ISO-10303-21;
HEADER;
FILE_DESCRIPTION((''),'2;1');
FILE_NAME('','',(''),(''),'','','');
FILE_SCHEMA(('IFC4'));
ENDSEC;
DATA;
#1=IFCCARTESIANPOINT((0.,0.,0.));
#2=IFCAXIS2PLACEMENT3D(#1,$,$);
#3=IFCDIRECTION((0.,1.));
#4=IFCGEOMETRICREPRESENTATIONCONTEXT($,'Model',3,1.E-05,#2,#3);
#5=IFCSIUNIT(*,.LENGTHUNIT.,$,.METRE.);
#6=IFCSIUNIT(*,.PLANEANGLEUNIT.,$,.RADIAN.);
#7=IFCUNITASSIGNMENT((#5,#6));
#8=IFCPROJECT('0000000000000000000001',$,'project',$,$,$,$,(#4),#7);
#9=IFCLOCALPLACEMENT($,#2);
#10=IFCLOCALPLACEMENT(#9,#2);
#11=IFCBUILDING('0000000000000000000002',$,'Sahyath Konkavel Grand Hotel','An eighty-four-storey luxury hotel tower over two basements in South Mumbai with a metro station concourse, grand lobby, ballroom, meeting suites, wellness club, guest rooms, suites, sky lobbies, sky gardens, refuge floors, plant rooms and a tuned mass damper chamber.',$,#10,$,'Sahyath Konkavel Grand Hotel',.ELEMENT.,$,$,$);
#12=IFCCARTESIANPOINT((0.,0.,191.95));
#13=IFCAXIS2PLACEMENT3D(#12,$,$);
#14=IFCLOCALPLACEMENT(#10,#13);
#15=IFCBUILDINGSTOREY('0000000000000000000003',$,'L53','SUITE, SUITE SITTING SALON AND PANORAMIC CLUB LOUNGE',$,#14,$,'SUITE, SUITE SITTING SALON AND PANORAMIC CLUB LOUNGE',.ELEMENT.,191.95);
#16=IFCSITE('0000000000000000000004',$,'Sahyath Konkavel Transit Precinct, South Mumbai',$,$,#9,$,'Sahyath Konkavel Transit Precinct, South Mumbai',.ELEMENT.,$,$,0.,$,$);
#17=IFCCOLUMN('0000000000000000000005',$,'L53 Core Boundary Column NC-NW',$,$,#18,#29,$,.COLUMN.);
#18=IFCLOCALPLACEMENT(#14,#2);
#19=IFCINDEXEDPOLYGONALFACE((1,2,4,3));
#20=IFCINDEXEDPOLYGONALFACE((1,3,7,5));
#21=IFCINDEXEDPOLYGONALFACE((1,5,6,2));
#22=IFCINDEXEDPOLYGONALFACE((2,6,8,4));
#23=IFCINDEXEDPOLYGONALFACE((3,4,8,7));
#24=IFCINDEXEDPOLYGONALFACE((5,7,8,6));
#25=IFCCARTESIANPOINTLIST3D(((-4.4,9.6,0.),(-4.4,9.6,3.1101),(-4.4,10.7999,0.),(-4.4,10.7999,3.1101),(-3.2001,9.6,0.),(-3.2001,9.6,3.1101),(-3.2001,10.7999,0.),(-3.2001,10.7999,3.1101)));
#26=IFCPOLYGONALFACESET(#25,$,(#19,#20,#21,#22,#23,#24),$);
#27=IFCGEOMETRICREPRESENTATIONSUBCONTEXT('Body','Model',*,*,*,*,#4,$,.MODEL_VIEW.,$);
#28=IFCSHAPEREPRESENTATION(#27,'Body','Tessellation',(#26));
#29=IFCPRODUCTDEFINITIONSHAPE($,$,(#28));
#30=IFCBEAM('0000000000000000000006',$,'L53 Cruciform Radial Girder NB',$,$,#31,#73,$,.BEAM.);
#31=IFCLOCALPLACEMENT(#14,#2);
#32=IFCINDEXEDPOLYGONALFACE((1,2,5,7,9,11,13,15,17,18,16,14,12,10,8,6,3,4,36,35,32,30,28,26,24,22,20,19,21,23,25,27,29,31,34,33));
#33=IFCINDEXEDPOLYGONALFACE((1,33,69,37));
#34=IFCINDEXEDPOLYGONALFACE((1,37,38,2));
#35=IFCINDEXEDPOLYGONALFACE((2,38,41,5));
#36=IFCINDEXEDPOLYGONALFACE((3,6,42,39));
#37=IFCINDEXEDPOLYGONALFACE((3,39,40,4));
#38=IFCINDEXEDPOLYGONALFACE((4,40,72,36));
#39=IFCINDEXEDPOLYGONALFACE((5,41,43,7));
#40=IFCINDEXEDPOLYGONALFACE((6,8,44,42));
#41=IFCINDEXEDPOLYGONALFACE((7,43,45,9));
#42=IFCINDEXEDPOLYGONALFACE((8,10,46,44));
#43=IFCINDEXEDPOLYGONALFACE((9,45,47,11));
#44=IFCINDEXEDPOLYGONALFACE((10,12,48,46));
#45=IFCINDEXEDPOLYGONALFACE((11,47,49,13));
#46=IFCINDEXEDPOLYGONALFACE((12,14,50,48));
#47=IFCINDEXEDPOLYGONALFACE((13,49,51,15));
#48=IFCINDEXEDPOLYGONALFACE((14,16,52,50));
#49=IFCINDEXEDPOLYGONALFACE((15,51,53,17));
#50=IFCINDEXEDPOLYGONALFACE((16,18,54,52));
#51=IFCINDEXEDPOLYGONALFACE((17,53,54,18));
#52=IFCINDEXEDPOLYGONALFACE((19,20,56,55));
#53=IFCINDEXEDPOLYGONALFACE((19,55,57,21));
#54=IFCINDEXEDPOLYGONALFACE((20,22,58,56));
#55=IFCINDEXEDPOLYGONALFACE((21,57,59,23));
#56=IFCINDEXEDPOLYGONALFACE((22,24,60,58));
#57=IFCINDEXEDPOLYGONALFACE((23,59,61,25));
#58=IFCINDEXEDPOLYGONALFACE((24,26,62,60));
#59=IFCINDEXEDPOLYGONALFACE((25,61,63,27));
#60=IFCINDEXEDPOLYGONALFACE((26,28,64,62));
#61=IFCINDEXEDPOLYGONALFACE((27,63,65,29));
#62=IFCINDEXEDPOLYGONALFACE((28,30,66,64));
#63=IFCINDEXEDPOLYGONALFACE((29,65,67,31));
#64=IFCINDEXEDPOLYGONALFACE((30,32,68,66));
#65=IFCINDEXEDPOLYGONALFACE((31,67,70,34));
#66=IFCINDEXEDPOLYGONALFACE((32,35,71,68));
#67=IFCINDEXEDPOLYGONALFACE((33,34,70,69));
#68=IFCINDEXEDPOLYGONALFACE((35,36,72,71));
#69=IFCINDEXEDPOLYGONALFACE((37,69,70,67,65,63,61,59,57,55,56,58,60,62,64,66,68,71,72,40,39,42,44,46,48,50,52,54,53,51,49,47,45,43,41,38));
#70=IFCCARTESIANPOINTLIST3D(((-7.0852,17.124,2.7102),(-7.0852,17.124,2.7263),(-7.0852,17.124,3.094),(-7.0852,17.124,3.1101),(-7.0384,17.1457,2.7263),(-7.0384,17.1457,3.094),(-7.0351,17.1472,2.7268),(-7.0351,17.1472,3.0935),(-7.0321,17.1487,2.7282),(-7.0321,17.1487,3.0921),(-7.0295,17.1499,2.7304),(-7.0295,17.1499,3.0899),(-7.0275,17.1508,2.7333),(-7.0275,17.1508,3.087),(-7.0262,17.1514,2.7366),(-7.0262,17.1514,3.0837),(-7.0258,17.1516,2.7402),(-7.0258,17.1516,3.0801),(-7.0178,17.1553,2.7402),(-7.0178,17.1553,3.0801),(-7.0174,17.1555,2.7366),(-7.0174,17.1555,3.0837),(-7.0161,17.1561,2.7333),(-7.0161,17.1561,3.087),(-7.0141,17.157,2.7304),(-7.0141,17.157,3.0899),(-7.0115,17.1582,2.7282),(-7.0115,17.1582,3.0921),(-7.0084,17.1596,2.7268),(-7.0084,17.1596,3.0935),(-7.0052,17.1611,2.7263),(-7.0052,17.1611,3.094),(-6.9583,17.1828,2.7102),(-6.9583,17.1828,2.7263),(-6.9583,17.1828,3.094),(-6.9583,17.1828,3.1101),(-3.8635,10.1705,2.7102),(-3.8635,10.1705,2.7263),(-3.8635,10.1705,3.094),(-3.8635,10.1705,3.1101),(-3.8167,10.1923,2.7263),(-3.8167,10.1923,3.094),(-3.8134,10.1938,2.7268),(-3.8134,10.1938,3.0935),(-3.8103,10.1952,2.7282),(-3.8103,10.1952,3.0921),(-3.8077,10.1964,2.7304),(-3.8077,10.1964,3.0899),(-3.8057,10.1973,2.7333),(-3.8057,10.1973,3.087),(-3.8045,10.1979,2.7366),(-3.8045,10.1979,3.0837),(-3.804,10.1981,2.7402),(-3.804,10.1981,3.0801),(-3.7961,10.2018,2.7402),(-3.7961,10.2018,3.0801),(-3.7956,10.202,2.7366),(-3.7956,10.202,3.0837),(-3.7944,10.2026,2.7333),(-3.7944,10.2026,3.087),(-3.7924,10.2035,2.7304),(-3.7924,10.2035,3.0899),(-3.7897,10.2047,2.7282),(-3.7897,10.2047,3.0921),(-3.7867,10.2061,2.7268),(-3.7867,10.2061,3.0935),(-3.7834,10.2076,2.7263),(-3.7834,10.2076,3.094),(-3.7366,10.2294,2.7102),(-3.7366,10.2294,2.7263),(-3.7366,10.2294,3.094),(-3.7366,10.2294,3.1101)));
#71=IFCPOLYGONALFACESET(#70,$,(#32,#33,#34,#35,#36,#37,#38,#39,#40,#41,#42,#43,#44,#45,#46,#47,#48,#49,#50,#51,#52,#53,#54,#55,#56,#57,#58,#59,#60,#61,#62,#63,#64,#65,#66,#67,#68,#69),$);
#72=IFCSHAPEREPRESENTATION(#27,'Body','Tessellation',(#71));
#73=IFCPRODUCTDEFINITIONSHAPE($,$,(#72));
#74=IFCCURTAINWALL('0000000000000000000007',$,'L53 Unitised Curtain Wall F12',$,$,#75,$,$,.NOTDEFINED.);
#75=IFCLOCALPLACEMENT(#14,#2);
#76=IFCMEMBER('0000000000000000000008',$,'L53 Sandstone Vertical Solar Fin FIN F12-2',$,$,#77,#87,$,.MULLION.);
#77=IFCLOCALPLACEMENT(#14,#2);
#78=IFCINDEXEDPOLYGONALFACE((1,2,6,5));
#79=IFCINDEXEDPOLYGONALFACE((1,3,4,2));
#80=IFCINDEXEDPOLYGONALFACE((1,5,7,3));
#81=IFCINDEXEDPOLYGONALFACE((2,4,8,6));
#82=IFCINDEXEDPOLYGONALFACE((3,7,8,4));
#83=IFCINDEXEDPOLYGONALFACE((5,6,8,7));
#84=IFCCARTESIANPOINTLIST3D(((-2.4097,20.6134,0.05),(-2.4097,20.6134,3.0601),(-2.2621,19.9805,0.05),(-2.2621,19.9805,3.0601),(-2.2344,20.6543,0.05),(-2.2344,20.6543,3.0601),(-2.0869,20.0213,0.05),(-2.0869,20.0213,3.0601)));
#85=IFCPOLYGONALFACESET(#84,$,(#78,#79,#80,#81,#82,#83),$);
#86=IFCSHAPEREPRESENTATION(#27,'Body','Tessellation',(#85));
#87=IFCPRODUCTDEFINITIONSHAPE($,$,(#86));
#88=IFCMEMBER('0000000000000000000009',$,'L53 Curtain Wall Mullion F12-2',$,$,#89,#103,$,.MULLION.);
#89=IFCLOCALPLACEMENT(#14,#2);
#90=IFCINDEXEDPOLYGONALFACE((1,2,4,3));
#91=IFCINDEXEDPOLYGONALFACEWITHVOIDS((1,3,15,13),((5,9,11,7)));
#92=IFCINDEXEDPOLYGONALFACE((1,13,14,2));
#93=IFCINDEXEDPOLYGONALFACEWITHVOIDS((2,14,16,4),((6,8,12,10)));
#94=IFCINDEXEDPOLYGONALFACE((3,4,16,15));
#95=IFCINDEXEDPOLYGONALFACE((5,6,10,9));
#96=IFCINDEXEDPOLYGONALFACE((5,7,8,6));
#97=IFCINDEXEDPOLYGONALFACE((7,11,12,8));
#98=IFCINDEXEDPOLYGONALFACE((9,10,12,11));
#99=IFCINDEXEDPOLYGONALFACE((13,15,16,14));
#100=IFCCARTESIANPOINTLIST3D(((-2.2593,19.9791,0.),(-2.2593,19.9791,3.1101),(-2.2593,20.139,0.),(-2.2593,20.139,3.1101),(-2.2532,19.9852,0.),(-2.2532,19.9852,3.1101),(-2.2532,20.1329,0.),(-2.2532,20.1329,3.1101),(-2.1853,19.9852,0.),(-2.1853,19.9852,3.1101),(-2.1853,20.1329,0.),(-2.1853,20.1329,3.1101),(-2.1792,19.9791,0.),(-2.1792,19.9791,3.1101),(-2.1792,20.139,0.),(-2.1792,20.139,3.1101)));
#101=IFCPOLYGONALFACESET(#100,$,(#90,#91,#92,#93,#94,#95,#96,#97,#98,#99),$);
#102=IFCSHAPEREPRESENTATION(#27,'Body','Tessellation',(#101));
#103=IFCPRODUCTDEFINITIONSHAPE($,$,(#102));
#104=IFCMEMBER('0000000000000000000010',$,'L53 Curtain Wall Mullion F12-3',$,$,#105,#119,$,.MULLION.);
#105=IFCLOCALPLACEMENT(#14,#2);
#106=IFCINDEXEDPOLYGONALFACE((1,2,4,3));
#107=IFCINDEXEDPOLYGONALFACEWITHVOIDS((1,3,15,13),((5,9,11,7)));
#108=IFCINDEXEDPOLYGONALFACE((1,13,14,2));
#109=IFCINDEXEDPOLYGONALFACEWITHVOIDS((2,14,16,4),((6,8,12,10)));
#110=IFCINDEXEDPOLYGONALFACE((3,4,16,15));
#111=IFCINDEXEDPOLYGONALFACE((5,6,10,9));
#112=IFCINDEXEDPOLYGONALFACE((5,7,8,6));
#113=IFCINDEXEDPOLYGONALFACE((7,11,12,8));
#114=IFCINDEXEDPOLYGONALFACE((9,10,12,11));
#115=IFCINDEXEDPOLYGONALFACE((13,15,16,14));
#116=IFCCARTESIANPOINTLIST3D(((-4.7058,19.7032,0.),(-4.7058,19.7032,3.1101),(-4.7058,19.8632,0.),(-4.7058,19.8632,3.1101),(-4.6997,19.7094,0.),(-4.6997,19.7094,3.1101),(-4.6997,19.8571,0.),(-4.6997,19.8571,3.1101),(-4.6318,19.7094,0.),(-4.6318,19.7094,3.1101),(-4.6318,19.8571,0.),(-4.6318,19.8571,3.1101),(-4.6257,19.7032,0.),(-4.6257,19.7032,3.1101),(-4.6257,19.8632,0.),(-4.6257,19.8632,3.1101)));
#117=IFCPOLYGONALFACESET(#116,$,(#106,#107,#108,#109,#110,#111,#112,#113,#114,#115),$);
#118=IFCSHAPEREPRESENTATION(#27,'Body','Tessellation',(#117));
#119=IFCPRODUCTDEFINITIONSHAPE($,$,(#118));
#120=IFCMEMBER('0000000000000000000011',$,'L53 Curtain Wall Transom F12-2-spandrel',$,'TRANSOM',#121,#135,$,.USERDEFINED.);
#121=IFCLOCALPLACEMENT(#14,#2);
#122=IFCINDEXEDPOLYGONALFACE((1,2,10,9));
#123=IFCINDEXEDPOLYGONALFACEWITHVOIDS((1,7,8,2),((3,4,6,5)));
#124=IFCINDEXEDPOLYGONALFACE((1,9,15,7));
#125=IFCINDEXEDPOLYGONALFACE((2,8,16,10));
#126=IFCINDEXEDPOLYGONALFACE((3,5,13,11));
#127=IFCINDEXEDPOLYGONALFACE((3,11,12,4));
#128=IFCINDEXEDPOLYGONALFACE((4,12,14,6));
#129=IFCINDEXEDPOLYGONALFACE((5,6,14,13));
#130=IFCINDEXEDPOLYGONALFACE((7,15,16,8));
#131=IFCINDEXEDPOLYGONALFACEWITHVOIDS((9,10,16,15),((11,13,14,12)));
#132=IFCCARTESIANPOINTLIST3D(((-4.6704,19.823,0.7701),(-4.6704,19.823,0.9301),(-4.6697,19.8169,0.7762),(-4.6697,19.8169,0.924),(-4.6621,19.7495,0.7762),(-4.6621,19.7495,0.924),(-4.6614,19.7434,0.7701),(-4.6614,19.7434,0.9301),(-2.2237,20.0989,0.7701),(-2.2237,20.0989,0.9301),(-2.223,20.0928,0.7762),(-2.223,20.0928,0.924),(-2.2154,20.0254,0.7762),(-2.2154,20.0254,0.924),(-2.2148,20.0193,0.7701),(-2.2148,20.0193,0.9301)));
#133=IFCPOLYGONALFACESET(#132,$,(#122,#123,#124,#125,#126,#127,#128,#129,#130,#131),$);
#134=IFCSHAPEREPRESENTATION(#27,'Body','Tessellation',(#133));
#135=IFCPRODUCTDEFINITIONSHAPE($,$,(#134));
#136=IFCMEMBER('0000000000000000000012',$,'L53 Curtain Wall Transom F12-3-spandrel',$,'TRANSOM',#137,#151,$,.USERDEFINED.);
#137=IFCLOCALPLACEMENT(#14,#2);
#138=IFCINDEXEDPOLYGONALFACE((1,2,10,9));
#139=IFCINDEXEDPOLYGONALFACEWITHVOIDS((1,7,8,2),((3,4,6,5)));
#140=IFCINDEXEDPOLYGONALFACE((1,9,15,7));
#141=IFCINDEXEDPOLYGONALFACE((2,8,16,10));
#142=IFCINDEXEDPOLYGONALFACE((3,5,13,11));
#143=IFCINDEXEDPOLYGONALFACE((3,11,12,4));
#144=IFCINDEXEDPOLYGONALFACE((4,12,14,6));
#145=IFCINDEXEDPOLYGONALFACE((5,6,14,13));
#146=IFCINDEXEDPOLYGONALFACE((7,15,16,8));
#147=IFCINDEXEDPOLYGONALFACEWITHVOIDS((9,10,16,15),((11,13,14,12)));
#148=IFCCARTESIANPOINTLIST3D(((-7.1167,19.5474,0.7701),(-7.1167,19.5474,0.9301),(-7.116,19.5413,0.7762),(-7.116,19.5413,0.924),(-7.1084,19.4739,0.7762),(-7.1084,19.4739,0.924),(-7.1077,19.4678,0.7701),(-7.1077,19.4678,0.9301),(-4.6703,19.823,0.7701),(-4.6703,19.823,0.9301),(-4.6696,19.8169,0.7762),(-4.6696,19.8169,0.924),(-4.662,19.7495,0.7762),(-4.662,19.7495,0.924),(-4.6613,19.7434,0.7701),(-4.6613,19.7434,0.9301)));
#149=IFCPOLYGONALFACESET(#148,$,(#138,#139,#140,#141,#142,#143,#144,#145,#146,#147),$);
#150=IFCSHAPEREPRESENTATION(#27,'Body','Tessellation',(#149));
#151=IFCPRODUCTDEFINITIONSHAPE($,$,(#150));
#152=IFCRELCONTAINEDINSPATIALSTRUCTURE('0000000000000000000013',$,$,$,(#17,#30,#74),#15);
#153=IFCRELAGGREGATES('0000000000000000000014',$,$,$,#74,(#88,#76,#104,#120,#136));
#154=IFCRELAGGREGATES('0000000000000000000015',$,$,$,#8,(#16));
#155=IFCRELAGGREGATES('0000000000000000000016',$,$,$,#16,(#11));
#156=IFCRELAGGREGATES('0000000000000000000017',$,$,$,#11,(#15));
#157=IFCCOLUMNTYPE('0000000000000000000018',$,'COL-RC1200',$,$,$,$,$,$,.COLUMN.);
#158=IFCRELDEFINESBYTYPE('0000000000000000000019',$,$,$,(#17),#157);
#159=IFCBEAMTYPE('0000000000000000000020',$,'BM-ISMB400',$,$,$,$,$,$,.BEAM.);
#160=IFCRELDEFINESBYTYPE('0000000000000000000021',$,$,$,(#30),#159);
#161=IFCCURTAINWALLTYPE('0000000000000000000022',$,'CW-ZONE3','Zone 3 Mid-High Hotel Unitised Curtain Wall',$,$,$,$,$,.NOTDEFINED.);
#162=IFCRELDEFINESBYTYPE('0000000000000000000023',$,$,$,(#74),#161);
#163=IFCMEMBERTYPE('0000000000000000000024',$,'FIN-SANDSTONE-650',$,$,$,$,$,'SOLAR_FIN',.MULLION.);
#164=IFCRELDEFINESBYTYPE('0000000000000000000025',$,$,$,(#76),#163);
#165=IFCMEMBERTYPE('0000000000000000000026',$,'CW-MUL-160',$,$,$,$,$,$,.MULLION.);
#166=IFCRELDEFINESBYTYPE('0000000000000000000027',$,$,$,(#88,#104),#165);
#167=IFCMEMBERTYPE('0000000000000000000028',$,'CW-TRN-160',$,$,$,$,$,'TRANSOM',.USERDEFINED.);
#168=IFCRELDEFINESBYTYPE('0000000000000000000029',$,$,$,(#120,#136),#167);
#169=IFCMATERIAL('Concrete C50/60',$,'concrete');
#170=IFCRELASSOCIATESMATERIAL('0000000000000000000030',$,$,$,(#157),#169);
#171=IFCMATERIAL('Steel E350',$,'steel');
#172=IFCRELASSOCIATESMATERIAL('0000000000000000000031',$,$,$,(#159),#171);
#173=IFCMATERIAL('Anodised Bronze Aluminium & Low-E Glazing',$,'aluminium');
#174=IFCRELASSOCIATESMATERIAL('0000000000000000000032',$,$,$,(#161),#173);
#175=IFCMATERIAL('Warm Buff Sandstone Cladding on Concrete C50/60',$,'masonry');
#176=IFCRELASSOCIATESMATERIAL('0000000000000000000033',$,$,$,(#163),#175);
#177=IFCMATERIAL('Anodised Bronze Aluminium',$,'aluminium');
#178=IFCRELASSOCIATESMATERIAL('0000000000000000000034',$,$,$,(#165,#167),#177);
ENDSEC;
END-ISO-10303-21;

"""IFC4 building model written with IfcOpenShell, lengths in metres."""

from ifc_helpers import new_model, si_unit, direction, frame, origin, origin_2d, place, context, subcontext, project, spatial, rectangle, hollow_rectangle, i_section, extrude, source, transform, mapped, material, material_profile, profile_set, type_object, element, aggregate, save


model = new_model("IFC4")

# Units and contexts
model_context = context("Model", 3, precision=1e-05, world=origin(), true_north=direction((0.0, 1.0)))
body_context = subcontext(model_context, "Body", "Model", "MODEL_VIEW")
ifc_project = project(units=[si_unit("LENGTHUNIT", "METRE"), si_unit("PLANEANGLEUNIT", "RADIAN")], contexts=[model_context])

# Site, building, storey
site_placement = place(None, origin())
site = spatial("IfcSite", under=ifc_project, at=site_placement, Name="Sahyath Konkavel Transit Precinct, South Mumbai", LongName="Sahyath Konkavel Transit Precinct, South Mumbai", CompositionType="ELEMENT", RefElevation=0.0)
building_placement = place(site_placement, origin())
building = spatial("IfcBuilding", under=site, at=building_placement, Name="Sahyath Konkavel Grand Hotel", Description="An eighty-four-storey luxury hotel tower over two basements in South Mumbai with a metro station concourse, grand lobby, ballroom, meeting suites, wellness club, guest rooms, suites, sky lobbies, sky gardens, refuge floors, plant rooms and a tuned mass damper chamber.", LongName="Sahyath Konkavel Grand Hotel", CompositionType="ELEMENT")
storey_placement = place(building_placement, frame((0.0, 0.0, 191.95)))
storey = spatial("IfcBuildingStorey", under=building, at=storey_placement, Name="L53", Description="SUITE, SUITE SITTING SALON AND PANORAMIC CLUB LOUNGE", LongName="SUITE, SUITE SITTING SALON AND PANORAMIC CLUB LOUNGE", CompositionType="ELEMENT", Elevation=191.95)

# Column
ifc_material_1 = material(Name="Concrete C50/60", Category="concrete")
ifc_material_profile_1 = material_profile(ifc_material_1, rectangle(XDim=1.2, YDim=1.2, at=origin_2d()), Name="RC 1200x1200")
ifc_profile_set_1 = profile_set([ifc_material_profile_1], Name="Concrete C50/60")
column_type = type_object("IfcColumnType", Name="COL-RC1200", PredefinedType="COLUMN", material=ifc_profile_set_1)
shared_shape_1 = source(origin(), body_context, "Body", "SweptSolid", [
    extrude(rectangle(XDim=1.2, YDim=1.2, at=origin_2d()), origin(), (0.0, 0.0, 1.0), 3.1101),
])
column_placement = place(storey_placement, frame((-3.8, 10.2, 0.0), z_axis=(0.0, 0.0, 1.0), x_axis=(1.0, 0.0, 0.0)))
element("IfcColumn", 1, at=column_placement, inside=storey, type_object=column_type, Name="L53 Core Boundary Column NC-NW", PredefinedType="COLUMN", context=body_context, shape_type="MappedRepresentation", body=[
    mapped(shared_shape_1, transform((0.0, 0.0, 0.0), scale=1.0)),
])

# Beam
ifc_material_2 = material(Name="Steel E350", Category="steel")
ifc_material_profile_2 = material_profile(ifc_material_2, i_section(OverallWidth=0.1399, OverallDepth=0.3999, WebThickness=0.0088, FlangeThickness=0.0161, FilletRadius=0.0139, at=origin_2d()), Name="ISMB 400")
ifc_profile_set_2 = profile_set([ifc_material_profile_2], Name="Steel E350")
beam_type_1 = type_object("IfcBeamType", Name="BM-ISMB400", PredefinedType="BEAM", material=ifc_profile_set_2)
shared_shape_2 = source(origin(), body_context, "Body", "SweptSolid", [
    extrude(i_section(OverallWidth=0.1399, OverallDepth=0.3999, WebThickness=0.0088, FlangeThickness=0.0161, FilletRadius=0.0139, at=origin_2d()), origin(), (0.0, 0.0, 1.0), 7.6636),
])
beam_1_placement = place(storey_placement, frame((-3.8, 10.2, 2.9102), z_axis=(-0.420395, 0.907341, 0.0), x_axis=(-0.907341, -0.420395, 0.0)))
element("IfcBeam", 2, at=beam_1_placement, inside=storey, type_object=beam_type_1, Name="L53 Cruciform Radial Girder NB", PredefinedType="BEAM", context=body_context, shape_type="MappedRepresentation", body=[
    mapped(shared_shape_2, transform((0.0, 0.0, 0.0), scale=1.0)),
])

# Curtain wall, members
ifc_material_3 = material(Name="Anodised Bronze Aluminium & Low-E Glazing", Category="aluminium")
curtain_wall_type = type_object("IfcCurtainWallType", Name="CW-ZONE3", Description="Zone 3 Mid-High Hotel Unitised Curtain Wall", PredefinedType="NOTDEFINED", material=ifc_material_3)
curtain_wall_placement = place(storey_placement, origin())
curtain_wall = element("IfcCurtainWall", 3, at=curtain_wall_placement, inside=storey, type_object=curtain_wall_type, Name="L53 Unitised Curtain Wall F12", PredefinedType="NOTDEFINED")
ifc_material_4 = material(Name="Warm Buff Sandstone Cladding on Concrete C50/60", Category="masonry")
ifc_material_profile_3 = material_profile(ifc_material_4, rectangle(XDim=0.1799, YDim=0.6499, at=origin_2d()), Name="FIN 180x650")
ifc_profile_set_3 = profile_set([ifc_material_profile_3], Name="Warm Buff Sandstone Cladding on Concrete C50/60")
member_type_1 = type_object("IfcMemberType", Name="FIN-SANDSTONE-650", ElementType="SOLAR_FIN", PredefinedType="MULLION", material=ifc_profile_set_3)
shared_shape_3 = source(origin(), body_context, "Body", "SweptSolid", [
    extrude(rectangle(XDim=0.1799, YDim=0.6499, at=origin_2d()), origin(), (0.0, 0.0, 1.0), 3.01),
])
member_1_placement = place(storey_placement, frame((-2.2483, 20.3174, 0.05), z_axis=(0.0, 0.0, 1.0), x_axis=(0.973897, 0.226991, 0.0)))
member_1 = element("IfcMember", 4, at=member_1_placement, type_object=member_type_1, Name="L53 Sandstone Vertical Solar Fin FIN F12-2", PredefinedType="MULLION", context=body_context, shape_type="MappedRepresentation", body=[
    mapped(shared_shape_3, transform((0.0, 0.0, 0.0), scale=1.0)),
])
ifc_material_5 = material(Name="Anodised Bronze Aluminium", Category="aluminium")
ifc_material_profile_4 = material_profile(ifc_material_5, hollow_rectangle(XDim=0.0801, YDim=0.1599, WallThickness=0.0061, at=origin_2d()), Name="RHS 160x80x6")
ifc_profile_set_4 = profile_set([ifc_material_profile_4], Name="Anodised Bronze Aluminium")
member_type_2 = type_object("IfcMemberType", Name="CW-MUL-160", PredefinedType="MULLION", material=ifc_profile_set_4)
shared_shape_4 = source(origin(), body_context, "Body", "SweptSolid", [
    extrude(hollow_rectangle(XDim=0.0801, YDim=0.1599, WallThickness=0.0061, at=origin_2d()), origin(), (0.0, 0.0, 1.0), 3.1101),
])
member_2_placement = place(storey_placement, frame((-2.2192, 20.0591, 0.0), z_axis=(0.0, 0.0, 1.0), x_axis=(1.0, 0.0, 0.0)))
member_2 = element("IfcMember", 5, at=member_2_placement, type_object=member_type_2, Name="L53 Curtain Wall Mullion F12-2", PredefinedType="MULLION", context=body_context, shape_type="MappedRepresentation", body=[
    mapped(shared_shape_4, transform((0.0, 0.0, 0.0), scale=1.0)),
])
member_3_placement = place(storey_placement, frame((-4.6658, 19.7832, 0.0), z_axis=(0.0, 0.0, 1.0), x_axis=(1.0, 0.0, 0.0)))
member_3 = element("IfcMember", 6, at=member_3_placement, type_object=member_type_2, Name="L53 Curtain Wall Mullion F12-3", PredefinedType="MULLION", context=body_context, shape_type="MappedRepresentation", body=[
    mapped(shared_shape_4, transform((0.0, 0.0, 0.0), scale=1.0)),
])
ifc_material_profile_5 = material_profile(ifc_material_5, hollow_rectangle(XDim=0.0801, YDim=0.1599, WallThickness=0.0061, at=origin_2d()), Name="RHS 160x80x6")
ifc_profile_set_5 = profile_set([ifc_material_profile_5], Name="Anodised Bronze Aluminium")
member_type_3 = type_object("IfcMemberType", Name="CW-TRN-160", ElementType="TRANSOM", PredefinedType="USERDEFINED", material=ifc_profile_set_5)
shared_shape_5 = source(origin(), body_context, "Body", "SweptSolid", [
    extrude(hollow_rectangle(XDim=0.0801, YDim=0.1599, WallThickness=0.0061, at=origin_2d()), origin(), (0.0, 0.0, 1.0), 2.4622),
])
member_4_placement = place(storey_placement, frame((-2.2192, 20.0591, 0.8501), z_axis=(-0.993702, -0.112053, 0.0), x_axis=(0.112053, -0.993702, 0.0)))
member_4 = element("IfcMember", 7, at=member_4_placement, type_object=member_type_3, Name="L53 Curtain Wall Transom F12-2-spandrel", ObjectType="TRANSOM", PredefinedType="USERDEFINED", context=body_context, shape_type="MappedRepresentation", body=[
    mapped(shared_shape_5, transform((0.0, 0.0, 0.0), scale=1.0)),
])
shared_shape_6 = source(origin(), body_context, "Body", "SweptSolid", [
    extrude(hollow_rectangle(XDim=0.0801, YDim=0.1599, WallThickness=0.0061, at=origin_2d()), origin(), (0.0, 0.0, 1.0), 2.4619),
])
member_5_placement = place(storey_placement, frame((-4.6658, 19.7832, 0.8501), z_axis=(-0.993713, -0.111955, 0.0), x_axis=(0.111955, -0.993713, 0.0)))
member_5 = element("IfcMember", 8, at=member_5_placement, type_object=member_type_3, Name="L53 Curtain Wall Transom F12-3-spandrel", ObjectType="TRANSOM", PredefinedType="USERDEFINED", context=body_context, shape_type="MappedRepresentation", body=[
    mapped(shared_shape_6, transform((0.0, 0.0, 0.0), scale=1.0)),
])

aggregate(curtain_wall, [member_2, member_1, member_3, member_4, member_5])

save(model, "model.ifc")
